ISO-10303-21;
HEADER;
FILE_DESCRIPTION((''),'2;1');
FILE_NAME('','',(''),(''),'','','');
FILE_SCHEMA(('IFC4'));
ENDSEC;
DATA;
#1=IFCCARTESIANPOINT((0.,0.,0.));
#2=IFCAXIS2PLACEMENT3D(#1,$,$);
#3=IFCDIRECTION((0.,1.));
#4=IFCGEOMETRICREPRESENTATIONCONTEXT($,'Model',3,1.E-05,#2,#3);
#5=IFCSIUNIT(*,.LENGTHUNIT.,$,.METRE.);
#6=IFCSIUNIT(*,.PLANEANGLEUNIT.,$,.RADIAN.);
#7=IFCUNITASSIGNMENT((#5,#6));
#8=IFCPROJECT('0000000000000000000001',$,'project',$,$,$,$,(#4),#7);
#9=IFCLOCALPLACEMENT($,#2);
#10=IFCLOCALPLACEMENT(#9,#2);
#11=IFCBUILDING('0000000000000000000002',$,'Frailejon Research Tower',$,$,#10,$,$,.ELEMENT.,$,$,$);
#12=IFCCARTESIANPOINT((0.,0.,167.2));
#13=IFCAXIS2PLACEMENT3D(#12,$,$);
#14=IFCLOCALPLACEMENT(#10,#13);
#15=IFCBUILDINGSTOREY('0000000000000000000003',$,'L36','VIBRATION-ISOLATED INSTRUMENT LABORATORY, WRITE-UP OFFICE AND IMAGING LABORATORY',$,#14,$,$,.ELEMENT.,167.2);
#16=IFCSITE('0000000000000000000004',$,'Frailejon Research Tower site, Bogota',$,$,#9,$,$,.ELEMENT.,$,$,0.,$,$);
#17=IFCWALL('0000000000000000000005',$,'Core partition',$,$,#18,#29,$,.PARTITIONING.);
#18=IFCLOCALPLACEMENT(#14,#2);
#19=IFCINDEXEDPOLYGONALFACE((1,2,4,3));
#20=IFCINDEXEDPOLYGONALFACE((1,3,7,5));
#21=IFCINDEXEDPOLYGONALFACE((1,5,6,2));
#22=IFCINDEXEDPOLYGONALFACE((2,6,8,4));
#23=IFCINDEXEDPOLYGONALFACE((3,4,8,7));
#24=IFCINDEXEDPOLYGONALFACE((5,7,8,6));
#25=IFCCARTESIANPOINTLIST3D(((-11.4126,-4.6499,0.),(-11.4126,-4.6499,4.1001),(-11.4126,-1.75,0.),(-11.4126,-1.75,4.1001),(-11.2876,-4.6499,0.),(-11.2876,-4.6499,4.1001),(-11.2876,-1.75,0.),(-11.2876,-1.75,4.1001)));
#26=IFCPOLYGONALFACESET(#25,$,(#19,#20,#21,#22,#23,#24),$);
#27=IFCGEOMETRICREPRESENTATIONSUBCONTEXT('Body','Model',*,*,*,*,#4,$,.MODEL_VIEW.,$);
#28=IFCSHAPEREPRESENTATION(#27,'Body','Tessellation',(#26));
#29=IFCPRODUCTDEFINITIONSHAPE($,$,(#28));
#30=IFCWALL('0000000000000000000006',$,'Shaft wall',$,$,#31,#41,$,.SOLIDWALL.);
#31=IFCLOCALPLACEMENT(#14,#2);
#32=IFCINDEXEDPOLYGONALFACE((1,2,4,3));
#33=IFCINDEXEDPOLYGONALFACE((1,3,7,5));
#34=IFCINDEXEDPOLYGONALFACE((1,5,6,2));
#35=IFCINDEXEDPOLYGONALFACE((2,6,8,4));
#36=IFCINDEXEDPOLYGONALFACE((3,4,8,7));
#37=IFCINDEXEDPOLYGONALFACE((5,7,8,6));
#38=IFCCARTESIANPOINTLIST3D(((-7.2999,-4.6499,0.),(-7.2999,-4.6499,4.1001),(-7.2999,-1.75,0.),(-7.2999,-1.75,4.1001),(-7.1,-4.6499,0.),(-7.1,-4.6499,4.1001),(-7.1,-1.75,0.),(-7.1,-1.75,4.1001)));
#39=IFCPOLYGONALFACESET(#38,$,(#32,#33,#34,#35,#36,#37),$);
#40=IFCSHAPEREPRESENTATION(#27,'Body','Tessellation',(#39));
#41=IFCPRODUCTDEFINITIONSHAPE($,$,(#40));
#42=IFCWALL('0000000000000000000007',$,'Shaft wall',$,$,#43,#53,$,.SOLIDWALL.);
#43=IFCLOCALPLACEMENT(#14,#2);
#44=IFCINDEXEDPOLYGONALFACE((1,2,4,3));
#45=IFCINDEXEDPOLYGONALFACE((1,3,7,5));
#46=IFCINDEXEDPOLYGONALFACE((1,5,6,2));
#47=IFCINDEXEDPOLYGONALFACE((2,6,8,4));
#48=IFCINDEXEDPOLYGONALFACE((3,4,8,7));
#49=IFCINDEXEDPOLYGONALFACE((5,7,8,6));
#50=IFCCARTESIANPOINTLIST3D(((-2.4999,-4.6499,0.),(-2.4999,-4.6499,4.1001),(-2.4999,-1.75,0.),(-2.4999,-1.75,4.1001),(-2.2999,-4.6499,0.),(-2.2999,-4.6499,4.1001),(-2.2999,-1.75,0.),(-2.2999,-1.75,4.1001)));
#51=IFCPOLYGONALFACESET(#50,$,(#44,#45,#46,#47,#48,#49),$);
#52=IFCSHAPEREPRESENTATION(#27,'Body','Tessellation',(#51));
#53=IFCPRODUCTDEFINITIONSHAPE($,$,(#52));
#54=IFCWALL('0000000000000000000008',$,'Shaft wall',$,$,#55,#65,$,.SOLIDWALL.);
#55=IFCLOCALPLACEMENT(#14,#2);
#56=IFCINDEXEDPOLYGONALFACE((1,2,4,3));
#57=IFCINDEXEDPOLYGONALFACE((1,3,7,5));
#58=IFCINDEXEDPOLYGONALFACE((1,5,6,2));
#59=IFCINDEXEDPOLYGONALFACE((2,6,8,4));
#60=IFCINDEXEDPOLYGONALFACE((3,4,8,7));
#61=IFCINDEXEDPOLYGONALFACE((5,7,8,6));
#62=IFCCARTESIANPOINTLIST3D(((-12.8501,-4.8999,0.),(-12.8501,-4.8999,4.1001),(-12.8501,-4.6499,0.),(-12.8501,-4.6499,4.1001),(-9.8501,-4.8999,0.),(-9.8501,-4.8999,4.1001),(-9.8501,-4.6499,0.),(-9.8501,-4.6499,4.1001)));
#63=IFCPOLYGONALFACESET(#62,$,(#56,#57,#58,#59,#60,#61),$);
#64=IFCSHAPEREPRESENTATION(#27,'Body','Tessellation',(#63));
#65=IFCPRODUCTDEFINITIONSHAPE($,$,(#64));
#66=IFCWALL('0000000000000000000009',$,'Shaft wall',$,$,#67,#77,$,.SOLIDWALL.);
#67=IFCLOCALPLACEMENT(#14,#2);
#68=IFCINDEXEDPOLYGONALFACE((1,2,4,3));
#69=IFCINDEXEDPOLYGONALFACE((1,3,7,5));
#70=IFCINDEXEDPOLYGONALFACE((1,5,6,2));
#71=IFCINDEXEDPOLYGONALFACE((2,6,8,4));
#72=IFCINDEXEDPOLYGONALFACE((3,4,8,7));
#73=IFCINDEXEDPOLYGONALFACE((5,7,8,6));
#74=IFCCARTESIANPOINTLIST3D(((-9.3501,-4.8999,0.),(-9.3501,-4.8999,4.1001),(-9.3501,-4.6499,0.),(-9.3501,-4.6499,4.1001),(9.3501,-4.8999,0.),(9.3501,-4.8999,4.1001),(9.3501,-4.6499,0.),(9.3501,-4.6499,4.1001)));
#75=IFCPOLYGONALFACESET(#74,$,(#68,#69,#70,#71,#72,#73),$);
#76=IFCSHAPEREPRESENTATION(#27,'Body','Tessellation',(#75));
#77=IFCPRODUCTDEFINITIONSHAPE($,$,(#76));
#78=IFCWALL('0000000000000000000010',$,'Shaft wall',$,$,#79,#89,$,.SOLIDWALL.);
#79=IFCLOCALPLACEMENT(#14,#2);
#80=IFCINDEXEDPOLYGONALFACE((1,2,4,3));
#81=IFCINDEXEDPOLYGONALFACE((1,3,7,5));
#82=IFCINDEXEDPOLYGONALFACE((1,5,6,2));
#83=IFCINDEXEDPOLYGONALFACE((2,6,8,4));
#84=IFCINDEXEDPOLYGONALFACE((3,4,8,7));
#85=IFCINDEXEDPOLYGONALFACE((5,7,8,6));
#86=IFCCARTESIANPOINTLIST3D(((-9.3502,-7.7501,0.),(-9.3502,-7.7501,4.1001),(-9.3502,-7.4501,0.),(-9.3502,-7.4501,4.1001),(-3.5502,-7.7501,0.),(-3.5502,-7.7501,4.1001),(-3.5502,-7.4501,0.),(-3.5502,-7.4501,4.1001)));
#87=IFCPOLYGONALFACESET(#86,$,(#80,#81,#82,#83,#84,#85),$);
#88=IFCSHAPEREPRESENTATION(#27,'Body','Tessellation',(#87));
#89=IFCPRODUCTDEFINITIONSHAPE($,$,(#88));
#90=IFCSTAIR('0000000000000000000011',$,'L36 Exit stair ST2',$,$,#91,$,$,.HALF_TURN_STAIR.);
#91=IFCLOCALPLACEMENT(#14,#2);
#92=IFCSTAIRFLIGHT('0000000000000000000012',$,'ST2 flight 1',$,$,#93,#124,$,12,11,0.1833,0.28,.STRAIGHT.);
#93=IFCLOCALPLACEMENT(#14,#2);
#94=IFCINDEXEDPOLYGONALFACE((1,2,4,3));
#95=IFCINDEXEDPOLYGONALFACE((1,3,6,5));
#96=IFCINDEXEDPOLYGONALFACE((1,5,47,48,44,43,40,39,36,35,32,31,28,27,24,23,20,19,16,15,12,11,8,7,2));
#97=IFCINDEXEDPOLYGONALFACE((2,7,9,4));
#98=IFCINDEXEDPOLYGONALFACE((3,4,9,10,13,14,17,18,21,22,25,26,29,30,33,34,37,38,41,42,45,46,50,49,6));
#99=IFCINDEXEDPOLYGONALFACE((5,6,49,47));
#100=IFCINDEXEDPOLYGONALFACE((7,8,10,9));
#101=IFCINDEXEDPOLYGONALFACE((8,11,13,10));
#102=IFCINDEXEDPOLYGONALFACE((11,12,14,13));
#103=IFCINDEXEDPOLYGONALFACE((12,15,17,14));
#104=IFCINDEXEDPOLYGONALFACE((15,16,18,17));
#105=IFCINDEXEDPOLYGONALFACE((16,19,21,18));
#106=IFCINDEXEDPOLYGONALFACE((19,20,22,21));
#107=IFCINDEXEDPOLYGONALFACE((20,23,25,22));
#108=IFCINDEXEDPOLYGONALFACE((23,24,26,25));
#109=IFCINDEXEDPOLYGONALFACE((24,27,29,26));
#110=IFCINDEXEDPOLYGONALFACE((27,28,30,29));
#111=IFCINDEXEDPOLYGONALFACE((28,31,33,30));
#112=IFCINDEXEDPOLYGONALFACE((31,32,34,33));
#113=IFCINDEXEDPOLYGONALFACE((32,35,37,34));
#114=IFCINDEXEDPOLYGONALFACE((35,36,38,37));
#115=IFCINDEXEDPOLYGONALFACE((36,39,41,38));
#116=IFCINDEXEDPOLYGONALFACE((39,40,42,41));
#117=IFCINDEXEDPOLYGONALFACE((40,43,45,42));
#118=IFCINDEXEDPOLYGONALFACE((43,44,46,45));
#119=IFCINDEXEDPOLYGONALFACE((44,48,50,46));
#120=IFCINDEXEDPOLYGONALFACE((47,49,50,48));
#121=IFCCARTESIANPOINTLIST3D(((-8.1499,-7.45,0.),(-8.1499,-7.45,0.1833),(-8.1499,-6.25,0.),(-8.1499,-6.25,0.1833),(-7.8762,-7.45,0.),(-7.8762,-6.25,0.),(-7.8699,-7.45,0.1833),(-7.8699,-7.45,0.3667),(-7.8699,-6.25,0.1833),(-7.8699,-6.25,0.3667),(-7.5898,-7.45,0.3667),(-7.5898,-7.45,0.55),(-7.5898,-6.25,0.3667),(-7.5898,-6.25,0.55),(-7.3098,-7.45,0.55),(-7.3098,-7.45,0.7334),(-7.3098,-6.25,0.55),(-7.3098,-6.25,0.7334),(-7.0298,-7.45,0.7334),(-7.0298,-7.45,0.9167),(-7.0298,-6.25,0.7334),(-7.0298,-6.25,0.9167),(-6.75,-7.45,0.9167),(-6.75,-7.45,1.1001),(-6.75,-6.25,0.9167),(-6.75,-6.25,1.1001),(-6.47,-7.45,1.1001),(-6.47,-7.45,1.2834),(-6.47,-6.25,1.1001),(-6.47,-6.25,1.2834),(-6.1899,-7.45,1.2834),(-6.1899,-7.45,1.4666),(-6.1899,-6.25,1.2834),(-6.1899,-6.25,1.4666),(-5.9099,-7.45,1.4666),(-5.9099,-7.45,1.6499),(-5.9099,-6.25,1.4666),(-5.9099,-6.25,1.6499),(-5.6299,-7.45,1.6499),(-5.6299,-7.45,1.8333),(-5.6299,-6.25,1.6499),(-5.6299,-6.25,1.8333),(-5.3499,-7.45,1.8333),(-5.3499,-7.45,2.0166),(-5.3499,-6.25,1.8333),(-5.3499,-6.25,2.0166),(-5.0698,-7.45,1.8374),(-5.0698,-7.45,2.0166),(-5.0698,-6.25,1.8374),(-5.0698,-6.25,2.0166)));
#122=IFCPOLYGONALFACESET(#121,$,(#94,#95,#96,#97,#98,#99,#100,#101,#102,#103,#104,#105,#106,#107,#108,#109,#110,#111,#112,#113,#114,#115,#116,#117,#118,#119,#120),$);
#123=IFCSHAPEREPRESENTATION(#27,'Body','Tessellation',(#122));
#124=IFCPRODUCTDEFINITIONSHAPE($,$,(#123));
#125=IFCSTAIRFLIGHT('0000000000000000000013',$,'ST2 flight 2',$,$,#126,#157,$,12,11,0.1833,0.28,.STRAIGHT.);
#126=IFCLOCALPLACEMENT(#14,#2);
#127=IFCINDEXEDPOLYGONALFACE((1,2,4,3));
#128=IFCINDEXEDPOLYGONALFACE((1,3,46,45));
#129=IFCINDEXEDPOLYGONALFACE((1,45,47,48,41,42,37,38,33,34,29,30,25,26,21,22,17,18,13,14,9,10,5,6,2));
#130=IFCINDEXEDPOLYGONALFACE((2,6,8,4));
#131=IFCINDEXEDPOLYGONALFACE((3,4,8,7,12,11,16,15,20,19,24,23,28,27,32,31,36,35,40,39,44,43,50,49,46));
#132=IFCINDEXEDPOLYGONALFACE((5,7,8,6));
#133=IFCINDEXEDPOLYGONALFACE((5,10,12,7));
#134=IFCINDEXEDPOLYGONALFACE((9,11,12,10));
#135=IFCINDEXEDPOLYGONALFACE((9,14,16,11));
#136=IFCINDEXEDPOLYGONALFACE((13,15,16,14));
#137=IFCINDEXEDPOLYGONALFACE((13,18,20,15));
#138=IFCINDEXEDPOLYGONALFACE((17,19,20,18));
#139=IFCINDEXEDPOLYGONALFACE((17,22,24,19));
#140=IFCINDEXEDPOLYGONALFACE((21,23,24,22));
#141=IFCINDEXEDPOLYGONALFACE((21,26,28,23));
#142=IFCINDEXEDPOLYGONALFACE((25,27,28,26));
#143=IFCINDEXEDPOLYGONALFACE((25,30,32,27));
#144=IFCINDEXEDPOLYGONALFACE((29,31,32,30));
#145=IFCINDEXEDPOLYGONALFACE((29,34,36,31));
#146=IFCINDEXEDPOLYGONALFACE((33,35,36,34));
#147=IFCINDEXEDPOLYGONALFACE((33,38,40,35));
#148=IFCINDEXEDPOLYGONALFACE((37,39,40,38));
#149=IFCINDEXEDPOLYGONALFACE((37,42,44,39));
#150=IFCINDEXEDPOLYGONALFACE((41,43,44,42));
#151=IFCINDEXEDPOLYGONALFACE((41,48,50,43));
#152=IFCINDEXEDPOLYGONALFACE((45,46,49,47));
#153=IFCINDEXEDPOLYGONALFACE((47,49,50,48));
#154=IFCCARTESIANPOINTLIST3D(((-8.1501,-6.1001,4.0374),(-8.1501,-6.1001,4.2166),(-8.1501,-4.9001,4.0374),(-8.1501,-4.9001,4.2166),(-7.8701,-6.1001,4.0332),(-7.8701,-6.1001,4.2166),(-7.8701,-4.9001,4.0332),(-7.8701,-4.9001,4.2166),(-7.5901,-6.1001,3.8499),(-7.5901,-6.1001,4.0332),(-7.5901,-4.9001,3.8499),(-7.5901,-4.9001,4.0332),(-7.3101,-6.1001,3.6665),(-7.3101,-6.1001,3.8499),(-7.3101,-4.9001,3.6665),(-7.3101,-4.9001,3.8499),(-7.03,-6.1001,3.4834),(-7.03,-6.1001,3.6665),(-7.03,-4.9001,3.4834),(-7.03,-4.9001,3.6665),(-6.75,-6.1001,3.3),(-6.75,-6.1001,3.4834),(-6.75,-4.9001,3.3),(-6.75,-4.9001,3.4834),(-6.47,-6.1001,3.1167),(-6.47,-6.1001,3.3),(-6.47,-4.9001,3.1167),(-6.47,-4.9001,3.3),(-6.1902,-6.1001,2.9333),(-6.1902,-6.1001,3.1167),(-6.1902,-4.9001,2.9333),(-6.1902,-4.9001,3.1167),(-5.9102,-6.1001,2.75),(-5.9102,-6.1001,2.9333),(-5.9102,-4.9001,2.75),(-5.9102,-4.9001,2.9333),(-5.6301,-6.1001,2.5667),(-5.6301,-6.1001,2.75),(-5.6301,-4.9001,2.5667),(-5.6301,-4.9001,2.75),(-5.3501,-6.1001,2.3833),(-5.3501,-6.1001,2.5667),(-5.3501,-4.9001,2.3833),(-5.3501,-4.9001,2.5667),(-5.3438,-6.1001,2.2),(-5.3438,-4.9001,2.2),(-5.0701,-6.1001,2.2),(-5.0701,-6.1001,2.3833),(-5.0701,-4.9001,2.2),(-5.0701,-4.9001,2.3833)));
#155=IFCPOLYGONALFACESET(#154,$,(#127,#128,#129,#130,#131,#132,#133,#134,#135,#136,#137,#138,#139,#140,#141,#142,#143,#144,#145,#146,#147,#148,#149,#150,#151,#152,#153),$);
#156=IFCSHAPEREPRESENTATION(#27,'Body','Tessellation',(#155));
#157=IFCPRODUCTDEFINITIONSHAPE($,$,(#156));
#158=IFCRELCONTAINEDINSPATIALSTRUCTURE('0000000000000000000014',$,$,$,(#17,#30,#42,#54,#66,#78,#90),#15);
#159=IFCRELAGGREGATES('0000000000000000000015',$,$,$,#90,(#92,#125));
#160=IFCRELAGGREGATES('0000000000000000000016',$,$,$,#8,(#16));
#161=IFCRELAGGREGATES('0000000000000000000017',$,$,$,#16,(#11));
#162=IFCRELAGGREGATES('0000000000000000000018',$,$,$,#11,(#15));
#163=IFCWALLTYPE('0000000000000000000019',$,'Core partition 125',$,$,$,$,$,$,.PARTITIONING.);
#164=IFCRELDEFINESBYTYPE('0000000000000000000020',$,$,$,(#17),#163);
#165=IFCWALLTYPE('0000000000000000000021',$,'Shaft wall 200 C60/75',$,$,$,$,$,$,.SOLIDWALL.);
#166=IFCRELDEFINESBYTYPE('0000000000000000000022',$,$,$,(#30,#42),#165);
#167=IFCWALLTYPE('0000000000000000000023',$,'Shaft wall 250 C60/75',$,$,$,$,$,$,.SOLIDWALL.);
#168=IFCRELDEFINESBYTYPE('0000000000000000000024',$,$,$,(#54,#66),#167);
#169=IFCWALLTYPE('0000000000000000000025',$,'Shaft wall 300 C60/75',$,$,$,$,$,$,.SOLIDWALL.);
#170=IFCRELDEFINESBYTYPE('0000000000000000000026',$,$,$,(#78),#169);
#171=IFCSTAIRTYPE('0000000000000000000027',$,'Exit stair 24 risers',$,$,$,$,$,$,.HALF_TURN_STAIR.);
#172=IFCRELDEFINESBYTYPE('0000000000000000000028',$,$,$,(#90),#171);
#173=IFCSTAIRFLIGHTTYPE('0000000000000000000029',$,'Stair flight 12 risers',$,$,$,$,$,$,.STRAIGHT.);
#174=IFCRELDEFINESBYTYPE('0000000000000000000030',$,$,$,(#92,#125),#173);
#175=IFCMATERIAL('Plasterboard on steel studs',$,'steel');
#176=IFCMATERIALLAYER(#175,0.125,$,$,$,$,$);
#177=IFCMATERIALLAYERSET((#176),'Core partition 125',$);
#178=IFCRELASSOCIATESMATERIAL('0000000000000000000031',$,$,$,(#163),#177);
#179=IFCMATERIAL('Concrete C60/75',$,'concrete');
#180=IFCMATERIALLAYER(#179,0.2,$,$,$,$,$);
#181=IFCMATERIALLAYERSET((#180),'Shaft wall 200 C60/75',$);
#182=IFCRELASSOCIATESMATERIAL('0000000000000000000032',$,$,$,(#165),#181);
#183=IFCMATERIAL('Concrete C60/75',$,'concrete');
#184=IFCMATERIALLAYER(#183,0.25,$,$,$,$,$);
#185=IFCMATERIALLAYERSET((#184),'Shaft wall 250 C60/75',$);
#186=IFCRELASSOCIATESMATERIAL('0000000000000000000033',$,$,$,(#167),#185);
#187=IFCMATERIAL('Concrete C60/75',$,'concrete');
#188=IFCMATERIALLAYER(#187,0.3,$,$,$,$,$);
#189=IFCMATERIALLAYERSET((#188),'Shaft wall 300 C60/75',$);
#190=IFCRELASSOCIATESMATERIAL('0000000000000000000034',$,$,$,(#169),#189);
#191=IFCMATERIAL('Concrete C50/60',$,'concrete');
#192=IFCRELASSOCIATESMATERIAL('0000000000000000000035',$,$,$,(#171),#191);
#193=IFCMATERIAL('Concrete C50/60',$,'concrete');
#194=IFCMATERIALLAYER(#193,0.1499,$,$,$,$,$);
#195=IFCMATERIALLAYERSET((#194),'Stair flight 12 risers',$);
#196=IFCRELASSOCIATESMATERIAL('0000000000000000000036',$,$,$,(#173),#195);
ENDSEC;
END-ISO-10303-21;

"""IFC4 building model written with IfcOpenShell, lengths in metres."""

from ifc_helpers import new_model, si_unit, direction, frame, frame_2d, origin, place, context, subcontext, project, spatial, polyline, rectangle, outline, extrude, material, layer, layer_set, type_object, element, aggregate, save


model = new_model("IFC4")

# Units and contexts
model_context = context("Model", 3, precision=1e-05, world=origin(), true_north=direction((0.0, 1.0)))
body_context = subcontext(model_context, "Body", "Model", "MODEL_VIEW")
ifc_project = project(units=[si_unit("LENGTHUNIT", "METRE"), si_unit("PLANEANGLEUNIT", "RADIAN")], contexts=[model_context])

# Site, building, storey
site_placement = place(None, origin())
site = spatial("IfcSite", under=ifc_project, at=site_placement, Name="Frailejon Research Tower site, Bogota", CompositionType="ELEMENT", RefElevation=0.0)
building_placement = place(site_placement, origin())
building = spatial("IfcBuilding", under=site, at=building_placement, Name="Frailejon Research Tower", CompositionType="ELEMENT")
storey_placement = place(building_placement, frame((0.0, 0.0, 167.2)))
storey = spatial("IfcBuildingStorey", under=building, at=storey_placement, Name="L36", Description="VIBRATION-ISOLATED INSTRUMENT LABORATORY, WRITE-UP OFFICE AND IMAGING LABORATORY", CompositionType="ELEMENT", Elevation=167.2)

# Walls
ifc_material_1 = material(Name="Plasterboard on steel studs", Category="steel")
ifc_layer_1 = layer(ifc_material_1, 0.125)
ifc_layer_set_1 = layer_set([ifc_layer_1], Name="Core partition 125")
wall_type_1 = type_object("IfcWallType", Name="Core partition 125", PredefinedType="PARTITIONING", material=ifc_layer_set_1)
wall_1_placement = place(storey_placement, frame((-11.3501, -4.6499, 0.0), z_axis=(0.0, 0.0, 1.0), x_axis=(0.0, 1.0, 0.0)))
element("IfcWall", 1, at=wall_1_placement, inside=storey, type_object=wall_type_1, Name="Core partition", PredefinedType="PARTITIONING", context=body_context, shape_type="SweptSolid", body=[
    extrude(rectangle(XDim=2.8999, YDim=0.125, at=frame_2d((1.45, 0.0))), origin(), (0.0, 0.0, 1.0), 4.1001),
])
ifc_material_2 = material(Name="Concrete C60/75", Category="concrete")
ifc_layer_2 = layer(ifc_material_2, 0.2)
ifc_layer_set_2 = layer_set([ifc_layer_2], Name="Shaft wall 200 C60/75")
wall_type_2 = type_object("IfcWallType", Name="Shaft wall 200 C60/75", PredefinedType="SOLIDWALL", material=ifc_layer_set_2)
for number, where, z_axis, x_axis, name in (
    (2, (-7.2, -4.6499, 0.0), (0.0, 0.0, 1.0), (0.0, 1.0, 0.0), "Shaft wall"),
    (3, (-2.3999, -4.6499, 0.0), (0.0, 0.0, 1.0), (0.0, 1.0, 0.0), "Shaft wall"),
):
    element("IfcWall", number, at=place(storey_placement, frame(where, z_axis=z_axis, x_axis=x_axis)), inside=storey, type_object=wall_type_2, Name=name, PredefinedType="SOLIDWALL", context=body_context, shape_type="SweptSolid", body=[
        extrude(rectangle(XDim=2.8999, YDim=0.2, at=frame_2d((1.45, 0.0))), origin(), (0.0, 0.0, 1.0), 4.1001),
    ])
ifc_material_3 = material(Name="Concrete C60/75", Category="concrete")
ifc_layer_3 = layer(ifc_material_3, 0.25)
ifc_layer_set_3 = layer_set([ifc_layer_3], Name="Shaft wall 250 C60/75")
wall_type_3 = type_object("IfcWallType", Name="Shaft wall 250 C60/75", PredefinedType="SOLIDWALL", material=ifc_layer_set_3)
wall_2_placement = place(storey_placement, frame((-12.8501, -4.7749, 0.0), z_axis=(0.0, 0.0, 1.0), x_axis=(1.0, 0.0, 0.0)))
element("IfcWall", 4, at=wall_2_placement, inside=storey, type_object=wall_type_3, Name="Shaft wall", PredefinedType="SOLIDWALL", context=body_context, shape_type="SweptSolid", body=[
    extrude(rectangle(XDim=3.0, YDim=0.25, at=frame_2d((1.5, 0.0))), origin(), (0.0, 0.0, 1.0), 4.1001),
])
wall_3_placement = place(storey_placement, frame((-9.3501, -4.7749, 0.0), z_axis=(0.0, 0.0, 1.0), x_axis=(1.0, 0.0, 0.0)))
element("IfcWall", 5, at=wall_3_placement, inside=storey, type_object=wall_type_3, Name="Shaft wall", PredefinedType="SOLIDWALL", context=body_context, shape_type="SweptSolid", body=[
    extrude(rectangle(XDim=18.7002, YDim=0.25, at=frame_2d((9.3501, 0.0))), origin(), (0.0, 0.0, 1.0), 4.1001),
])
ifc_material_4 = material(Name="Concrete C60/75", Category="concrete")
ifc_layer_4 = layer(ifc_material_4, 0.3)
ifc_layer_set_4 = layer_set([ifc_layer_4], Name="Shaft wall 300 C60/75")
wall_type_4 = type_object("IfcWallType", Name="Shaft wall 300 C60/75", PredefinedType="SOLIDWALL", material=ifc_layer_set_4)
wall_4_placement = place(storey_placement, frame((-9.3501, -7.6001, 0.0), z_axis=(0.0, 0.0, 1.0), x_axis=(1.0, 0.0, 0.0)))
element("IfcWall", 6, at=wall_4_placement, inside=storey, type_object=wall_type_4, Name="Shaft wall", PredefinedType="SOLIDWALL", context=body_context, shape_type="SweptSolid", body=[
    extrude(rectangle(XDim=5.8, YDim=0.3, at=frame_2d((2.8999, 0.0))), origin(), (0.0, 0.0, 1.0), 4.1001),
])

# Stair, stair flights
ifc_material_5 = material(Name="Concrete C50/60", Category="concrete")
stair_type = type_object("IfcStairType", Name="Exit stair 24 risers", PredefinedType="HALF_TURN_STAIR", material=ifc_material_5)
stair_placement = place(storey_placement, origin())
stair = element("IfcStair", 7, at=stair_placement, inside=storey, type_object=stair_type, Name="L36 Exit stair ST2", PredefinedType="HALF_TURN_STAIR")
ifc_material_6 = material(Name="Concrete C50/60", Category="concrete")
ifc_layer_5 = layer(ifc_material_6, 0.1499)
ifc_layer_set_5 = layer_set([ifc_layer_5], Name="Stair flight 12 risers")
stair_flight_type = type_object("IfcStairFlightType", Name="Stair flight 12 risers", PredefinedType="STRAIGHT", material=ifc_layer_set_5)
stair_flight_1_placement = place(storey_placement, frame((-8.1499, -6.8501, 0.0), z_axis=(0.0, 0.0, 1.0), x_axis=(1.0, 0.0, 0.0)))
stair_flight_1 = element("IfcStairFlight", 8, at=stair_flight_1_placement, type_object=stair_flight_type, Name="ST2 flight 1", NumberOfRisers=12, NumberOfTreads=11, PredefinedType="STRAIGHT", RiserHeight=0.1833, TreadLength=0.28, context=body_context, shape_type="SweptSolid", body=[
    extrude(outline(polyline([(0.0, 0.0), (0.0, 0.1833), (0.28, 0.1833), (0.28, 0.3667), (0.5601, 0.3667), (0.5601, 0.55), (0.8401, 0.55), (0.8401, 0.7334), (1.1201, 0.7334), (1.1201, 0.9167), (1.3999, 0.9167), (1.3999, 1.1001), (1.6799, 1.1001), (1.6799, 1.2834), (1.96, 1.2834), (1.96, 1.4666), (2.24, 1.4666), (2.24, 1.6499), (2.52, 1.6499), (2.52, 1.8333), (2.8, 1.8333), (2.8, 2.0166), (3.0801, 2.0166), (3.0801, 2.2), (3.0801, 1.8374), (0.2737, 0.0), (0.0, 0.0)])), frame((0.0, 0.6001, 0.0), z_axis=(0.0, -1.0, 0.0), x_axis=(1.0, 0.0, 0.0)), (0.0, 0.0, 1.0), 1.2),
])
stair_flight_2_placement = place(storey_placement, frame((-5.0701, -5.5, 2.2), z_axis=(0.0, 0.0, 1.0), x_axis=(-1.0, 0.0, 0.0)))
stair_flight_2 = element("IfcStairFlight", 9, at=stair_flight_2_placement, type_object=stair_flight_type, Name="ST2 flight 2", NumberOfRisers=12, NumberOfTreads=11, PredefinedType="STRAIGHT", RiserHeight=0.1833, TreadLength=0.28, context=body_context, shape_type="SweptSolid", body=[
    extrude(outline(polyline([(0.0, 0.0), (0.0, 0.1833), (0.28, 0.1833), (0.28, 0.3667), (0.5601, 0.3667), (0.5601, 0.55), (0.8401, 0.55), (0.8401, 0.7334), (1.1201, 0.7334), (1.1201, 0.9167), (1.3999, 0.9167), (1.3999, 1.1001), (1.6799, 1.1001), (1.6799, 1.2834), (1.96, 1.2834), (1.96, 1.4666), (2.24, 1.4666), (2.24, 1.6499), (2.52, 1.6499), (2.52, 1.8333), (2.8, 1.8333), (2.8, 2.0166), (3.0801, 2.0166), (3.0801, 2.2), (3.0801, 1.8374), (0.2737, 0.0), (0.0, 0.0)])), frame((0.0, 0.6001, 0.0), z_axis=(0.0, -1.0, 0.0), x_axis=(1.0, 0.0, 0.0)), (0.0, 0.0, 1.0), 1.2),
])
aggregate(stair, [stair_flight_1, stair_flight_2])

save(model, "model.ifc")
